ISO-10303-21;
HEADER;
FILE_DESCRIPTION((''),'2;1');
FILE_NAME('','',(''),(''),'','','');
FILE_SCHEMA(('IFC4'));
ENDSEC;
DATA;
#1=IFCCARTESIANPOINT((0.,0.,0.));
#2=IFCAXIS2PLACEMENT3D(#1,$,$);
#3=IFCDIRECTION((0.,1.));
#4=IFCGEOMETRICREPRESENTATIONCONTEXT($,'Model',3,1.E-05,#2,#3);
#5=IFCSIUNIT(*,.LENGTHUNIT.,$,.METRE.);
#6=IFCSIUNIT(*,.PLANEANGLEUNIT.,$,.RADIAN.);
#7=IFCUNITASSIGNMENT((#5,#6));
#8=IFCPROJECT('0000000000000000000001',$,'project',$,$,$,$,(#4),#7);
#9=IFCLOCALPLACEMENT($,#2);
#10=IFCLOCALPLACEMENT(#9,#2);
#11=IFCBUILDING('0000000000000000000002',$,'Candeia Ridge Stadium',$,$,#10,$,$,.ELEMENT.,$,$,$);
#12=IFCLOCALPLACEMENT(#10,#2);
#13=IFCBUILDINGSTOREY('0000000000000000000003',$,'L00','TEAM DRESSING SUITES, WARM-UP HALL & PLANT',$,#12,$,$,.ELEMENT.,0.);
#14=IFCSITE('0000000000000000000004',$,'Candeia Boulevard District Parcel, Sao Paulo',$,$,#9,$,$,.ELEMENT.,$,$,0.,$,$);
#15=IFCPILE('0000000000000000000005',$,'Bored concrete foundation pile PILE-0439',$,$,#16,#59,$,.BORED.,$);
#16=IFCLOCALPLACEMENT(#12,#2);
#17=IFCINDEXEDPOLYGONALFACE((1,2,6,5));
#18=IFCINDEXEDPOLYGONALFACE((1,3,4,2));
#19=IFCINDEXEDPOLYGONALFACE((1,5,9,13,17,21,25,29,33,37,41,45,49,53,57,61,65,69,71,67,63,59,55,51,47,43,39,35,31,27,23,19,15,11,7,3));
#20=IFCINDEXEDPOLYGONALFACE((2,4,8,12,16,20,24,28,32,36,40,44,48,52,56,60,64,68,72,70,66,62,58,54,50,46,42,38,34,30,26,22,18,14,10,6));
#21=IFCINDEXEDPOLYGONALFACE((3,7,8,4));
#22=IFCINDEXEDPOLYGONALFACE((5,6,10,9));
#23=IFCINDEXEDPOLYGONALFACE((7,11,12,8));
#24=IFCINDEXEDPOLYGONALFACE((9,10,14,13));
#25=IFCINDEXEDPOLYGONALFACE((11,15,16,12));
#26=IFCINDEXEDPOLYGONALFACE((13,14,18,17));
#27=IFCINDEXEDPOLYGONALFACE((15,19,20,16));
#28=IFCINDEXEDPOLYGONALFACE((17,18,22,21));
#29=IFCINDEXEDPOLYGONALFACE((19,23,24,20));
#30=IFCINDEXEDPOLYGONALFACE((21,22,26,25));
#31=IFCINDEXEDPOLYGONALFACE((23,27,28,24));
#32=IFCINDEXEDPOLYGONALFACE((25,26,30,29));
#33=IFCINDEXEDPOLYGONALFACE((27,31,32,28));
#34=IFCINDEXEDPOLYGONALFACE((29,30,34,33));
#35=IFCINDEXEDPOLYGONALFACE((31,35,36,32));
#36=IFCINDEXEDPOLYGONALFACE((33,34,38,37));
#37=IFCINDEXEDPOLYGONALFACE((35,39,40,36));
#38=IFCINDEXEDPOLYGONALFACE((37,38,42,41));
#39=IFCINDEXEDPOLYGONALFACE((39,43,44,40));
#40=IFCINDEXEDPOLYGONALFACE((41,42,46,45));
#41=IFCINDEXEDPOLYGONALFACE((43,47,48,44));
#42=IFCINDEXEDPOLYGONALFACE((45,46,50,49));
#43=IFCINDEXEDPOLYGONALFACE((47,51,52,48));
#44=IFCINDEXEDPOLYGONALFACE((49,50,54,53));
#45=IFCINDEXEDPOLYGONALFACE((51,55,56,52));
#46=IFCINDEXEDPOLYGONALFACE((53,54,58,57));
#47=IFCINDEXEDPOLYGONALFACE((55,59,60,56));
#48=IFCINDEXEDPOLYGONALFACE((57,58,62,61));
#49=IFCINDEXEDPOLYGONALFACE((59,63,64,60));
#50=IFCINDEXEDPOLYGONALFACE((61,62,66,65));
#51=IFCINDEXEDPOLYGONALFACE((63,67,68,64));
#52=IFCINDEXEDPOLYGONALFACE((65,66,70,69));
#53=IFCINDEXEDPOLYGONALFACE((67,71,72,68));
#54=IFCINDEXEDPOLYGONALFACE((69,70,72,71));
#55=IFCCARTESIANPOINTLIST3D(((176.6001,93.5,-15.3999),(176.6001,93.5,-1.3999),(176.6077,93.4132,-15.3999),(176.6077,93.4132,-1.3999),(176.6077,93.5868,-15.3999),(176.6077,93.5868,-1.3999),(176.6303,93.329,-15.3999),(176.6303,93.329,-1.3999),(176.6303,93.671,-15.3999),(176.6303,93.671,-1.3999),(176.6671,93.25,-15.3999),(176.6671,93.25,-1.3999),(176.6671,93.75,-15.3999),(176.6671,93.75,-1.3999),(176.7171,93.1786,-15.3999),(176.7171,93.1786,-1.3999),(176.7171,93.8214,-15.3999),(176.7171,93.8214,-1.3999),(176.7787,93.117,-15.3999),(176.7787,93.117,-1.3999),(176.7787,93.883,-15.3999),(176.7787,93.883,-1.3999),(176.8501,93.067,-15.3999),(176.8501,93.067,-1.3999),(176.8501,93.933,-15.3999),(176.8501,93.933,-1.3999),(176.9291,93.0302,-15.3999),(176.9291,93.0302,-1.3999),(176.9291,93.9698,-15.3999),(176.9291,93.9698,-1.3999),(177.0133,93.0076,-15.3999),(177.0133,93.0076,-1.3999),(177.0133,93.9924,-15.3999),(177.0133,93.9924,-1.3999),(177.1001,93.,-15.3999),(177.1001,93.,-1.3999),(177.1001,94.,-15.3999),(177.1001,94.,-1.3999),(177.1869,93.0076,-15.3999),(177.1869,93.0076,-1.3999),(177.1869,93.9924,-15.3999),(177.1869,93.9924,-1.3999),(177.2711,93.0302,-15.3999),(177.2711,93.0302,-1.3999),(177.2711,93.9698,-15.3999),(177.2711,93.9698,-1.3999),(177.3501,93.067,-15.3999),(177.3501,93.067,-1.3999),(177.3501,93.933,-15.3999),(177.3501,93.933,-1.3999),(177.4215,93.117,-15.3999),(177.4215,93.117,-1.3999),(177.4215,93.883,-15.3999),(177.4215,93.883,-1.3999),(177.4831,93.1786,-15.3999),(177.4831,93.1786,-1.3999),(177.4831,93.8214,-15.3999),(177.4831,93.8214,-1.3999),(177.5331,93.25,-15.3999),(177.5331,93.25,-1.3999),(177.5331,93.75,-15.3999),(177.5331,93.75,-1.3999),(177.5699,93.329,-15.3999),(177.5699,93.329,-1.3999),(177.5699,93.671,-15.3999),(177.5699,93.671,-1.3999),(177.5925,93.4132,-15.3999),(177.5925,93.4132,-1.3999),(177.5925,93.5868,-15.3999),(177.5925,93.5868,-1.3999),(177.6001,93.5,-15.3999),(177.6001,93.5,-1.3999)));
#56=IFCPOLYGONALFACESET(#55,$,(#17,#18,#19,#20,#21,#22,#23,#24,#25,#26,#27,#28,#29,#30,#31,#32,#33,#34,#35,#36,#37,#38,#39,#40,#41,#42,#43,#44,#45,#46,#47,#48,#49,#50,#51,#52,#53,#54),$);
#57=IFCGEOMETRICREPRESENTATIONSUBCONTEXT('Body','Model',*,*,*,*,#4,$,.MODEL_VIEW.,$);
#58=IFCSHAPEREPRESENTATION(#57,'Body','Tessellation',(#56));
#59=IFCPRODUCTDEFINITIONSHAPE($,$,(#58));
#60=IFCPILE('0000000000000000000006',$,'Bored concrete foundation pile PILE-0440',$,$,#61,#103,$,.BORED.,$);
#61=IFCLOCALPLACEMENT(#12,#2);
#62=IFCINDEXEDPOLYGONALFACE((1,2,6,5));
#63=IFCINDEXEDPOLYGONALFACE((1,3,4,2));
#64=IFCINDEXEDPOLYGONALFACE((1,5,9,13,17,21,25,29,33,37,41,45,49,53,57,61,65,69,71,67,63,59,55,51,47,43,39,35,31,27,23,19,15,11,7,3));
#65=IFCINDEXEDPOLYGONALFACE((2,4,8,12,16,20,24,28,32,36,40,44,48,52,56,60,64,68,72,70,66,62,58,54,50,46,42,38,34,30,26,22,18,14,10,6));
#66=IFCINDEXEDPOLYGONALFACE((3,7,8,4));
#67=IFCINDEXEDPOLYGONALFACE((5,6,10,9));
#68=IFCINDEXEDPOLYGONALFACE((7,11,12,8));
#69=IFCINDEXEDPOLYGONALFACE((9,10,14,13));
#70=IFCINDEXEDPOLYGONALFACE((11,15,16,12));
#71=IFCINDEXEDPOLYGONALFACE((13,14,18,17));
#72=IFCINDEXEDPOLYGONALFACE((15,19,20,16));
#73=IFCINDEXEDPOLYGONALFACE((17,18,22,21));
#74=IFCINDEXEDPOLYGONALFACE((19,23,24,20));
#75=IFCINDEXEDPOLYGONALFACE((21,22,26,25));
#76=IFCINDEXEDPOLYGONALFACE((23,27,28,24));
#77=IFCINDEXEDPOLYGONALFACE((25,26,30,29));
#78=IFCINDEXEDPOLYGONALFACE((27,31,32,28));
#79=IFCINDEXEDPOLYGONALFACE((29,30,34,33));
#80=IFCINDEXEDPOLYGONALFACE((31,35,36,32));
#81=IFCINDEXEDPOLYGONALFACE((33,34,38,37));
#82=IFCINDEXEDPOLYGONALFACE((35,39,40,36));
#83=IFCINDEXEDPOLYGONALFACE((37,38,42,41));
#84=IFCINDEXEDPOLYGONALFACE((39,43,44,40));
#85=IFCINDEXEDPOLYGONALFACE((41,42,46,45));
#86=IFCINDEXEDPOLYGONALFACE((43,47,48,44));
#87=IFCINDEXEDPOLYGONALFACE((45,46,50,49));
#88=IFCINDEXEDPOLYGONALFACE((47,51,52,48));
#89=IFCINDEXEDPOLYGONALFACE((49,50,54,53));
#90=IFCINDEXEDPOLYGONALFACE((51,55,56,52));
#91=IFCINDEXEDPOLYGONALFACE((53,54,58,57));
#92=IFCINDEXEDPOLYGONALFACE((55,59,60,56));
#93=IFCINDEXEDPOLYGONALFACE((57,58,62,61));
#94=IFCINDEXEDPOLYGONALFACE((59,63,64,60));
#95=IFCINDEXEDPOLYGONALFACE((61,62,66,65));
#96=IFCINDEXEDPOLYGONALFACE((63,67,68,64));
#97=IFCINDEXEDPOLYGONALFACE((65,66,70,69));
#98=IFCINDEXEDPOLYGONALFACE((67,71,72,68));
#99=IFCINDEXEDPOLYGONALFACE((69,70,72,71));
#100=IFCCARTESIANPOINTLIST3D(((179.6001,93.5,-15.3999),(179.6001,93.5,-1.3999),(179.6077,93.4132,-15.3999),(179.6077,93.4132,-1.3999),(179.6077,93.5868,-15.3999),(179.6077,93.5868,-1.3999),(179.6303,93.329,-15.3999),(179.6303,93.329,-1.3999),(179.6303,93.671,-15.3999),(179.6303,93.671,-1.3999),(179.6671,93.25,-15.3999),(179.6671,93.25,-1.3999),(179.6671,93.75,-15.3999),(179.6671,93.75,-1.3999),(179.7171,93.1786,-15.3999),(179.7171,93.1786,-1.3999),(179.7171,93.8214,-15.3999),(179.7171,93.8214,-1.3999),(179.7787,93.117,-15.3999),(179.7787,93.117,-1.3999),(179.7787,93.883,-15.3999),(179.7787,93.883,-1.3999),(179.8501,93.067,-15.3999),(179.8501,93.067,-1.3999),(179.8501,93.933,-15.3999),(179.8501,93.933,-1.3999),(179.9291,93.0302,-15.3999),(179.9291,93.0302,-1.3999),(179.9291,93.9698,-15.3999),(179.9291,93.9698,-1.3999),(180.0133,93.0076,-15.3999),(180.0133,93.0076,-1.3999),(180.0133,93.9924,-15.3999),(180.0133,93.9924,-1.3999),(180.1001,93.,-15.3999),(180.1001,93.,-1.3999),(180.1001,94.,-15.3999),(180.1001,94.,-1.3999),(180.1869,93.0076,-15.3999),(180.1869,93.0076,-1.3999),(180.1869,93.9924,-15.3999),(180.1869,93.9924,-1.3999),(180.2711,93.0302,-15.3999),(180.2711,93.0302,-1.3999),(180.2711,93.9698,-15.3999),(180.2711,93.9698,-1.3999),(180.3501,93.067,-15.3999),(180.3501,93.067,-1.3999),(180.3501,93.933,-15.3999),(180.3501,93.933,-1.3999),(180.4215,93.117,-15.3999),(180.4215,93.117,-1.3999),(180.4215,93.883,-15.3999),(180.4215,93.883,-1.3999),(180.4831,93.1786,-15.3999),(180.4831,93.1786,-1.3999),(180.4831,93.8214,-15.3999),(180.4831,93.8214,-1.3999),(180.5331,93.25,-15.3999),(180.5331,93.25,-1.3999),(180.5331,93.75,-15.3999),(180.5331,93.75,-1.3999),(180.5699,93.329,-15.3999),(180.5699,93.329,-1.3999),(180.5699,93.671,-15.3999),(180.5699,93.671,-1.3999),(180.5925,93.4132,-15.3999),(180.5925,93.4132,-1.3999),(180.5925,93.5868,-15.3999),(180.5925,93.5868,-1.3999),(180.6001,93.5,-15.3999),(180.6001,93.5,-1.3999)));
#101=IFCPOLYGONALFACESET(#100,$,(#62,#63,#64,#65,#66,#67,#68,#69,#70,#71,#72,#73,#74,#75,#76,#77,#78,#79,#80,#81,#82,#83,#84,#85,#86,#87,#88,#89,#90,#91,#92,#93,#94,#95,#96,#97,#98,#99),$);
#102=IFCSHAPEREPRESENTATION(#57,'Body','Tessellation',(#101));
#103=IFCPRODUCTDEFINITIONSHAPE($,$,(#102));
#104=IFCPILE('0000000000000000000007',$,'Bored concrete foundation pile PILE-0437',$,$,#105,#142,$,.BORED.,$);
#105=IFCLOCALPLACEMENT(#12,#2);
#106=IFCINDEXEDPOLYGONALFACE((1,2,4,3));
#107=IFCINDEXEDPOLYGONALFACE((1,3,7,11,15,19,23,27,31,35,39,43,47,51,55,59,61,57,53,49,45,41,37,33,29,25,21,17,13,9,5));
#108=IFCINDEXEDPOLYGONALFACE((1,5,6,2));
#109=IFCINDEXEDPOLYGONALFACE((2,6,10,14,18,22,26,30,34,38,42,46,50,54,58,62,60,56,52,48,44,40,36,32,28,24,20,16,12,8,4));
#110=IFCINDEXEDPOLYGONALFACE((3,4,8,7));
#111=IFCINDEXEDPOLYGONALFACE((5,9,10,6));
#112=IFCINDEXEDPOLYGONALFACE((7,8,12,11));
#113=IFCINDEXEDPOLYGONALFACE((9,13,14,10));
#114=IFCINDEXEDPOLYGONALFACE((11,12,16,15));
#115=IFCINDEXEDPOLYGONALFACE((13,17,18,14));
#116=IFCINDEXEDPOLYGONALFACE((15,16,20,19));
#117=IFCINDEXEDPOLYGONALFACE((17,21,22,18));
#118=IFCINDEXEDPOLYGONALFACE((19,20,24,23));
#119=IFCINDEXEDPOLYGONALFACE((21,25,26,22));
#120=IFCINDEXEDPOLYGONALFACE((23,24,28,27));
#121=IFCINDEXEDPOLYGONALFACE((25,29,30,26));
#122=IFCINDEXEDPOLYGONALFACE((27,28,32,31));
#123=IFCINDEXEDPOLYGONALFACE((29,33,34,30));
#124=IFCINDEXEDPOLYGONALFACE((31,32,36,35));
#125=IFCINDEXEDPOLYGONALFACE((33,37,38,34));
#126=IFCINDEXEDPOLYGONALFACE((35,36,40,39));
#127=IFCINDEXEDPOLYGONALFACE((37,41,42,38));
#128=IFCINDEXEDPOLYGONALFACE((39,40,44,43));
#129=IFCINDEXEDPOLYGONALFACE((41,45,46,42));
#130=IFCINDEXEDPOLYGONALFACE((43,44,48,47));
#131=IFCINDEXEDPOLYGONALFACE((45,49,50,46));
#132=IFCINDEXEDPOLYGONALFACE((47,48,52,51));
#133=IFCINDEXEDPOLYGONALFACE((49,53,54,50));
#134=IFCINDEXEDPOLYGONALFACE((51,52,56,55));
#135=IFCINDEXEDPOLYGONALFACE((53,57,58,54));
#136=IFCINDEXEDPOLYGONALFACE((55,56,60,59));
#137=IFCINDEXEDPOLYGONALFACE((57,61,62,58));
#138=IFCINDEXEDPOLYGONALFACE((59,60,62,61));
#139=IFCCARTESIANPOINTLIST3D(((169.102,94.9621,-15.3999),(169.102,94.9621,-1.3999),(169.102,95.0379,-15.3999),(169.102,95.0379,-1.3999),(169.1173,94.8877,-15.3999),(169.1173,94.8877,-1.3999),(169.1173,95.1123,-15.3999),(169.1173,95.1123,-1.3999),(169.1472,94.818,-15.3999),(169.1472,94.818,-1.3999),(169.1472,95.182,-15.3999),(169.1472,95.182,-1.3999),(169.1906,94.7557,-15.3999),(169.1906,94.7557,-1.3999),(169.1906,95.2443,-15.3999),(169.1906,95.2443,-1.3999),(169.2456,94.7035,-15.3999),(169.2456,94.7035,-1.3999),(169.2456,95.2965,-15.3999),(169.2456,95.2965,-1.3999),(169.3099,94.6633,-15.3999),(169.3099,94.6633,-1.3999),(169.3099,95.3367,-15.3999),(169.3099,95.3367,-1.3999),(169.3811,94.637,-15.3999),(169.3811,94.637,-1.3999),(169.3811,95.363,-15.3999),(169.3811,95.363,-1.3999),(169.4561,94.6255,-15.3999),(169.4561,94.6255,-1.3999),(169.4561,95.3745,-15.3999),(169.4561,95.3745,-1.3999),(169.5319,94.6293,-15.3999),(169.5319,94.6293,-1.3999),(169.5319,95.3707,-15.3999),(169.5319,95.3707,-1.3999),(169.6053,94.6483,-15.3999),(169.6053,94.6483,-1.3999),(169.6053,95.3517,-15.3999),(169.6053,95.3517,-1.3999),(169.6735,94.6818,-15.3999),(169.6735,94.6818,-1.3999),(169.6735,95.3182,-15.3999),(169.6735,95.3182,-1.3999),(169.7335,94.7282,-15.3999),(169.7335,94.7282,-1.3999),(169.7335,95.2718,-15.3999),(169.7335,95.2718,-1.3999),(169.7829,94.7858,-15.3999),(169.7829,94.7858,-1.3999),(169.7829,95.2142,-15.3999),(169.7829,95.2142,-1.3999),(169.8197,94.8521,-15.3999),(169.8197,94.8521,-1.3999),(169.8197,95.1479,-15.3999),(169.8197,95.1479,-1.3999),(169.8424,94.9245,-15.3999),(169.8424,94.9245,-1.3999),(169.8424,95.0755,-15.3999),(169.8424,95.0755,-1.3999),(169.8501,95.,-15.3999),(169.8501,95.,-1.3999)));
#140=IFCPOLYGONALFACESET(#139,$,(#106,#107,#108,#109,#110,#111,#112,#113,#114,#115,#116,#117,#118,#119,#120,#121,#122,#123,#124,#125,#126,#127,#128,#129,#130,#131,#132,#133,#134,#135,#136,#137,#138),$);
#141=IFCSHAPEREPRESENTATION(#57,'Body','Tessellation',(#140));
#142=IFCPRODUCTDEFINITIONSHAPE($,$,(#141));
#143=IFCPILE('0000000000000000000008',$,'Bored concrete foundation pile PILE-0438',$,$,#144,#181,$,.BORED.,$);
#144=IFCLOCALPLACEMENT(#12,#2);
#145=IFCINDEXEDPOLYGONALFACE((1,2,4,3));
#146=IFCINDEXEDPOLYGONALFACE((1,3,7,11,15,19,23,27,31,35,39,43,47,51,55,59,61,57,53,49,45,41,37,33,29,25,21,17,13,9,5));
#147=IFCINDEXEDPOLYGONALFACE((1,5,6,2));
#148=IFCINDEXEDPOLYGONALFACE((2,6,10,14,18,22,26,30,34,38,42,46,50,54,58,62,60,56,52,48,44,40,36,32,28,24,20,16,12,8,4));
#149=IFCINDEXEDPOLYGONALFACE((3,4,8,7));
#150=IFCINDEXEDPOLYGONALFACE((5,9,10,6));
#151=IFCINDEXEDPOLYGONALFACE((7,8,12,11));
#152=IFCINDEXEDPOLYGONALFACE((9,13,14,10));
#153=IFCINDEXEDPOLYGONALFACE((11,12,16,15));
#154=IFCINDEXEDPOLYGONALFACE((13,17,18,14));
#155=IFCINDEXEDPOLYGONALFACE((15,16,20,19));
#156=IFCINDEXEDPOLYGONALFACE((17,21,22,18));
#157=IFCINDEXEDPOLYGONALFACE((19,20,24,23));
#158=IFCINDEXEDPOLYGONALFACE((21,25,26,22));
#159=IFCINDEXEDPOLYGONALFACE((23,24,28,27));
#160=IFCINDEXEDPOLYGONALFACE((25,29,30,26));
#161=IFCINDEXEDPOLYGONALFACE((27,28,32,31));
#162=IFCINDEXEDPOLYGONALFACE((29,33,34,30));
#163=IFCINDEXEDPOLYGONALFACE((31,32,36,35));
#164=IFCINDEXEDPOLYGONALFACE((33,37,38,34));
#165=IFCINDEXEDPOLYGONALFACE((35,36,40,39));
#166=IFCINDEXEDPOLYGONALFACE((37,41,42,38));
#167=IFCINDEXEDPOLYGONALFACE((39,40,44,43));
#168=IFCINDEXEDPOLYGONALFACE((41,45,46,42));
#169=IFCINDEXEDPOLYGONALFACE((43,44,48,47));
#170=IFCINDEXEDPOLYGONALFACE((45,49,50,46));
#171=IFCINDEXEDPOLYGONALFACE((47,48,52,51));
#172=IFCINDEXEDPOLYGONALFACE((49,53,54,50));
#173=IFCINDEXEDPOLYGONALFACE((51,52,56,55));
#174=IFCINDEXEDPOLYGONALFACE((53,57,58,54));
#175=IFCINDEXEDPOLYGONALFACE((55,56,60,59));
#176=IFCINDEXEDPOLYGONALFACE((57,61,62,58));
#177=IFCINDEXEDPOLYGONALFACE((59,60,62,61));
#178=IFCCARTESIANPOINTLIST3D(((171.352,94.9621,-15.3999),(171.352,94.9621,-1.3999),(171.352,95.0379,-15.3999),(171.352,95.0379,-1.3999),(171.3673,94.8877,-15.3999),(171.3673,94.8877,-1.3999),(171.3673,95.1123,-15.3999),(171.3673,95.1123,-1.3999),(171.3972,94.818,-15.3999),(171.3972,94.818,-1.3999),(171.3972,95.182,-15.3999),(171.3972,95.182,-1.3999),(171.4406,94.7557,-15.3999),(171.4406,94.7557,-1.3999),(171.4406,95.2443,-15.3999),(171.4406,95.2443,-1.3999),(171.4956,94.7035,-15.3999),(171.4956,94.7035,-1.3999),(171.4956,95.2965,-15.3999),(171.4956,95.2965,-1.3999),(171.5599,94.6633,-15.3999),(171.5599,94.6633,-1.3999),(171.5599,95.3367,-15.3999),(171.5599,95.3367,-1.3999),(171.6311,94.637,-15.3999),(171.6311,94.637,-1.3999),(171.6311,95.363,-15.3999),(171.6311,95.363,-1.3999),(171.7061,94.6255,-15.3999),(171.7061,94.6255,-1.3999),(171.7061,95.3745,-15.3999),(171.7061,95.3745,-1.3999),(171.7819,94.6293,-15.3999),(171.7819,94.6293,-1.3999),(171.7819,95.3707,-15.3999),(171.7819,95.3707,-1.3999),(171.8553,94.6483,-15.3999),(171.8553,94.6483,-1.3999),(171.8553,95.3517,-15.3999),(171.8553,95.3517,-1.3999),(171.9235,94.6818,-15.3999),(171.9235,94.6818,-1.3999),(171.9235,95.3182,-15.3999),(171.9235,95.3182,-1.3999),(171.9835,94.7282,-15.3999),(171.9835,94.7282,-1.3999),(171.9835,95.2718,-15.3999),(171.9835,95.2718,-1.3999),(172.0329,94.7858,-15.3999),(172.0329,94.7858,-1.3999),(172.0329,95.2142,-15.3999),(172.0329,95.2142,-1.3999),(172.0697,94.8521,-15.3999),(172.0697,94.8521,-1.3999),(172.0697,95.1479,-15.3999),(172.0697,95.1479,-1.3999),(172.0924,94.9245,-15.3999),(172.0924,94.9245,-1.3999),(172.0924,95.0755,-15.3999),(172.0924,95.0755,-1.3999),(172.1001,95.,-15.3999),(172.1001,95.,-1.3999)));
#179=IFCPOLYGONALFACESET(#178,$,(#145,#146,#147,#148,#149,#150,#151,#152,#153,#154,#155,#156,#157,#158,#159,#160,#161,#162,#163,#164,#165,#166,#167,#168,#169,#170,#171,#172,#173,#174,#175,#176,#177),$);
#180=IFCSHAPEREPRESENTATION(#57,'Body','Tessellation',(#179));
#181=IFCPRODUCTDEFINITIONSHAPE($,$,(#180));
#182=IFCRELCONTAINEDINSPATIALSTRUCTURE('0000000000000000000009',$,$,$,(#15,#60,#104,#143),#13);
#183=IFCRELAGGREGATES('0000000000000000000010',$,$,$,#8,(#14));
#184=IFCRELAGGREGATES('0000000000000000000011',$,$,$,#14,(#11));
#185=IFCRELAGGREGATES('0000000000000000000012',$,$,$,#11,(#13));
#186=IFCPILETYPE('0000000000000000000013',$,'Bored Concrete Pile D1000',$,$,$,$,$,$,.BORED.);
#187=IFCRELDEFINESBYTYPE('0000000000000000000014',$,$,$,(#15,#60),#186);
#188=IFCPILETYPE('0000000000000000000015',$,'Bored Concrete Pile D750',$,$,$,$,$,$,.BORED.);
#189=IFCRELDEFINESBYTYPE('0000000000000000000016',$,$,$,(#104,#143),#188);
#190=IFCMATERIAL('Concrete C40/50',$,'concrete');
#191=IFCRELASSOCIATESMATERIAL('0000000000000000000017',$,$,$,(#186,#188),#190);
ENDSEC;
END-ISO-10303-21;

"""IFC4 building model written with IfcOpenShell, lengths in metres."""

from ifc_helpers import new_model, si_unit, direction, frame, origin, origin_2d, place, context, subcontext, project, spatial, circle, extrude, material, material_profile, profile_set, type_object, element, save


model = new_model("IFC4")

# Units and contexts
model_context = context("Model", 3, precision=1e-05, world=origin(), true_north=direction((0.0, 1.0)))
body_context = subcontext(model_context, "Body", "Model", "MODEL_VIEW")
ifc_project = project(units=[si_unit("LENGTHUNIT", "METRE"), si_unit("PLANEANGLEUNIT", "RADIAN")], contexts=[model_context])

# Site, building, storey
site_placement = place(None, origin())
site = spatial("IfcSite", under=ifc_project, at=site_placement, Name="Candeia Boulevard District Parcel, Sao Paulo", CompositionType="ELEMENT", RefElevation=0.0)
building_placement = place(site_placement, origin())
building = spatial("IfcBuilding", under=site, at=building_placement, Name="Candeia Ridge Stadium", CompositionType="ELEMENT")
storey_placement = place(building_placement, origin())
storey = spatial("IfcBuildingStorey", under=building, at=storey_placement, Name="L00", Description="TEAM DRESSING SUITES, WARM-UP HALL & PLANT", CompositionType="ELEMENT", Elevation=0.0)

# Piles
ifc_material_1 = material(Name="Concrete C40/50", Category="concrete")
ifc_material_profile_1 = material_profile(ifc_material_1, circle(Radius=0.5, at=origin_2d()), Name="PILE-D1000", Category="concrete")
ifc_profile_set_1 = profile_set([ifc_material_profile_1], Name="Concrete C40/50")
pile_type_1 = type_object("IfcPileType", Name="Bored Concrete Pile D1000", PredefinedType="BORED", material=ifc_profile_set_1)
for number, where, z_axis, x_axis, name in (
    (1, (177.1001, 93.5, -1.3999), (0.0, 0.0, -1.0), (1.0, 0.0, 0.0), "Bored concrete foundation pile PILE-0439"),
    (2, (180.1001, 93.5, -1.3999), (0.0, 0.0, -1.0), (1.0, 0.0, 0.0), "Bored concrete foundation pile PILE-0440"),
):
    element("IfcPile", number, at=place(storey_placement, frame(where, z_axis=z_axis, x_axis=x_axis)), inside=storey, type_object=pile_type_1, Name=name, PredefinedType="BORED", context=body_context, shape_type="SweptSolid", body=[
        extrude(circle(Radius=0.5, at=origin_2d()), origin(), (0.0, 0.0, 1.0), 14.0),
    ])
ifc_material_profile_2 = material_profile(ifc_material_1, circle(Radius=0.375, at=origin_2d()), Name="PILE-D750", Category="concrete")
ifc_profile_set_2 = profile_set([ifc_material_profile_2], Name="Concrete C40/50")
pile_type_2 = type_object("IfcPileType", Name="Bored Concrete Pile D750", PredefinedType="BORED", material=ifc_profile_set_2)
for number, where, z_axis, x_axis, name in (
    (3, (169.4751, 95.0, -1.3999), (0.0, 0.0, -1.0), (1.0, 0.0, 0.0), "Bored concrete foundation pile PILE-0437"),
    (4, (171.7251, 95.0, -1.3999), (0.0, 0.0, -1.0), (1.0, 0.0, 0.0), "Bored concrete foundation pile PILE-0438"),
):
    element("IfcPile", number, at=place(storey_placement, frame(where, z_axis=z_axis, x_axis=x_axis)), inside=storey, type_object=pile_type_2, Name=name, PredefinedType="BORED", context=body_context, shape_type="SweptSolid", body=[
        extrude(circle(Radius=0.375, at=origin_2d()), origin(), (0.0, 0.0, 1.0), 14.0),
    ])

save(model, "model.ifc")
